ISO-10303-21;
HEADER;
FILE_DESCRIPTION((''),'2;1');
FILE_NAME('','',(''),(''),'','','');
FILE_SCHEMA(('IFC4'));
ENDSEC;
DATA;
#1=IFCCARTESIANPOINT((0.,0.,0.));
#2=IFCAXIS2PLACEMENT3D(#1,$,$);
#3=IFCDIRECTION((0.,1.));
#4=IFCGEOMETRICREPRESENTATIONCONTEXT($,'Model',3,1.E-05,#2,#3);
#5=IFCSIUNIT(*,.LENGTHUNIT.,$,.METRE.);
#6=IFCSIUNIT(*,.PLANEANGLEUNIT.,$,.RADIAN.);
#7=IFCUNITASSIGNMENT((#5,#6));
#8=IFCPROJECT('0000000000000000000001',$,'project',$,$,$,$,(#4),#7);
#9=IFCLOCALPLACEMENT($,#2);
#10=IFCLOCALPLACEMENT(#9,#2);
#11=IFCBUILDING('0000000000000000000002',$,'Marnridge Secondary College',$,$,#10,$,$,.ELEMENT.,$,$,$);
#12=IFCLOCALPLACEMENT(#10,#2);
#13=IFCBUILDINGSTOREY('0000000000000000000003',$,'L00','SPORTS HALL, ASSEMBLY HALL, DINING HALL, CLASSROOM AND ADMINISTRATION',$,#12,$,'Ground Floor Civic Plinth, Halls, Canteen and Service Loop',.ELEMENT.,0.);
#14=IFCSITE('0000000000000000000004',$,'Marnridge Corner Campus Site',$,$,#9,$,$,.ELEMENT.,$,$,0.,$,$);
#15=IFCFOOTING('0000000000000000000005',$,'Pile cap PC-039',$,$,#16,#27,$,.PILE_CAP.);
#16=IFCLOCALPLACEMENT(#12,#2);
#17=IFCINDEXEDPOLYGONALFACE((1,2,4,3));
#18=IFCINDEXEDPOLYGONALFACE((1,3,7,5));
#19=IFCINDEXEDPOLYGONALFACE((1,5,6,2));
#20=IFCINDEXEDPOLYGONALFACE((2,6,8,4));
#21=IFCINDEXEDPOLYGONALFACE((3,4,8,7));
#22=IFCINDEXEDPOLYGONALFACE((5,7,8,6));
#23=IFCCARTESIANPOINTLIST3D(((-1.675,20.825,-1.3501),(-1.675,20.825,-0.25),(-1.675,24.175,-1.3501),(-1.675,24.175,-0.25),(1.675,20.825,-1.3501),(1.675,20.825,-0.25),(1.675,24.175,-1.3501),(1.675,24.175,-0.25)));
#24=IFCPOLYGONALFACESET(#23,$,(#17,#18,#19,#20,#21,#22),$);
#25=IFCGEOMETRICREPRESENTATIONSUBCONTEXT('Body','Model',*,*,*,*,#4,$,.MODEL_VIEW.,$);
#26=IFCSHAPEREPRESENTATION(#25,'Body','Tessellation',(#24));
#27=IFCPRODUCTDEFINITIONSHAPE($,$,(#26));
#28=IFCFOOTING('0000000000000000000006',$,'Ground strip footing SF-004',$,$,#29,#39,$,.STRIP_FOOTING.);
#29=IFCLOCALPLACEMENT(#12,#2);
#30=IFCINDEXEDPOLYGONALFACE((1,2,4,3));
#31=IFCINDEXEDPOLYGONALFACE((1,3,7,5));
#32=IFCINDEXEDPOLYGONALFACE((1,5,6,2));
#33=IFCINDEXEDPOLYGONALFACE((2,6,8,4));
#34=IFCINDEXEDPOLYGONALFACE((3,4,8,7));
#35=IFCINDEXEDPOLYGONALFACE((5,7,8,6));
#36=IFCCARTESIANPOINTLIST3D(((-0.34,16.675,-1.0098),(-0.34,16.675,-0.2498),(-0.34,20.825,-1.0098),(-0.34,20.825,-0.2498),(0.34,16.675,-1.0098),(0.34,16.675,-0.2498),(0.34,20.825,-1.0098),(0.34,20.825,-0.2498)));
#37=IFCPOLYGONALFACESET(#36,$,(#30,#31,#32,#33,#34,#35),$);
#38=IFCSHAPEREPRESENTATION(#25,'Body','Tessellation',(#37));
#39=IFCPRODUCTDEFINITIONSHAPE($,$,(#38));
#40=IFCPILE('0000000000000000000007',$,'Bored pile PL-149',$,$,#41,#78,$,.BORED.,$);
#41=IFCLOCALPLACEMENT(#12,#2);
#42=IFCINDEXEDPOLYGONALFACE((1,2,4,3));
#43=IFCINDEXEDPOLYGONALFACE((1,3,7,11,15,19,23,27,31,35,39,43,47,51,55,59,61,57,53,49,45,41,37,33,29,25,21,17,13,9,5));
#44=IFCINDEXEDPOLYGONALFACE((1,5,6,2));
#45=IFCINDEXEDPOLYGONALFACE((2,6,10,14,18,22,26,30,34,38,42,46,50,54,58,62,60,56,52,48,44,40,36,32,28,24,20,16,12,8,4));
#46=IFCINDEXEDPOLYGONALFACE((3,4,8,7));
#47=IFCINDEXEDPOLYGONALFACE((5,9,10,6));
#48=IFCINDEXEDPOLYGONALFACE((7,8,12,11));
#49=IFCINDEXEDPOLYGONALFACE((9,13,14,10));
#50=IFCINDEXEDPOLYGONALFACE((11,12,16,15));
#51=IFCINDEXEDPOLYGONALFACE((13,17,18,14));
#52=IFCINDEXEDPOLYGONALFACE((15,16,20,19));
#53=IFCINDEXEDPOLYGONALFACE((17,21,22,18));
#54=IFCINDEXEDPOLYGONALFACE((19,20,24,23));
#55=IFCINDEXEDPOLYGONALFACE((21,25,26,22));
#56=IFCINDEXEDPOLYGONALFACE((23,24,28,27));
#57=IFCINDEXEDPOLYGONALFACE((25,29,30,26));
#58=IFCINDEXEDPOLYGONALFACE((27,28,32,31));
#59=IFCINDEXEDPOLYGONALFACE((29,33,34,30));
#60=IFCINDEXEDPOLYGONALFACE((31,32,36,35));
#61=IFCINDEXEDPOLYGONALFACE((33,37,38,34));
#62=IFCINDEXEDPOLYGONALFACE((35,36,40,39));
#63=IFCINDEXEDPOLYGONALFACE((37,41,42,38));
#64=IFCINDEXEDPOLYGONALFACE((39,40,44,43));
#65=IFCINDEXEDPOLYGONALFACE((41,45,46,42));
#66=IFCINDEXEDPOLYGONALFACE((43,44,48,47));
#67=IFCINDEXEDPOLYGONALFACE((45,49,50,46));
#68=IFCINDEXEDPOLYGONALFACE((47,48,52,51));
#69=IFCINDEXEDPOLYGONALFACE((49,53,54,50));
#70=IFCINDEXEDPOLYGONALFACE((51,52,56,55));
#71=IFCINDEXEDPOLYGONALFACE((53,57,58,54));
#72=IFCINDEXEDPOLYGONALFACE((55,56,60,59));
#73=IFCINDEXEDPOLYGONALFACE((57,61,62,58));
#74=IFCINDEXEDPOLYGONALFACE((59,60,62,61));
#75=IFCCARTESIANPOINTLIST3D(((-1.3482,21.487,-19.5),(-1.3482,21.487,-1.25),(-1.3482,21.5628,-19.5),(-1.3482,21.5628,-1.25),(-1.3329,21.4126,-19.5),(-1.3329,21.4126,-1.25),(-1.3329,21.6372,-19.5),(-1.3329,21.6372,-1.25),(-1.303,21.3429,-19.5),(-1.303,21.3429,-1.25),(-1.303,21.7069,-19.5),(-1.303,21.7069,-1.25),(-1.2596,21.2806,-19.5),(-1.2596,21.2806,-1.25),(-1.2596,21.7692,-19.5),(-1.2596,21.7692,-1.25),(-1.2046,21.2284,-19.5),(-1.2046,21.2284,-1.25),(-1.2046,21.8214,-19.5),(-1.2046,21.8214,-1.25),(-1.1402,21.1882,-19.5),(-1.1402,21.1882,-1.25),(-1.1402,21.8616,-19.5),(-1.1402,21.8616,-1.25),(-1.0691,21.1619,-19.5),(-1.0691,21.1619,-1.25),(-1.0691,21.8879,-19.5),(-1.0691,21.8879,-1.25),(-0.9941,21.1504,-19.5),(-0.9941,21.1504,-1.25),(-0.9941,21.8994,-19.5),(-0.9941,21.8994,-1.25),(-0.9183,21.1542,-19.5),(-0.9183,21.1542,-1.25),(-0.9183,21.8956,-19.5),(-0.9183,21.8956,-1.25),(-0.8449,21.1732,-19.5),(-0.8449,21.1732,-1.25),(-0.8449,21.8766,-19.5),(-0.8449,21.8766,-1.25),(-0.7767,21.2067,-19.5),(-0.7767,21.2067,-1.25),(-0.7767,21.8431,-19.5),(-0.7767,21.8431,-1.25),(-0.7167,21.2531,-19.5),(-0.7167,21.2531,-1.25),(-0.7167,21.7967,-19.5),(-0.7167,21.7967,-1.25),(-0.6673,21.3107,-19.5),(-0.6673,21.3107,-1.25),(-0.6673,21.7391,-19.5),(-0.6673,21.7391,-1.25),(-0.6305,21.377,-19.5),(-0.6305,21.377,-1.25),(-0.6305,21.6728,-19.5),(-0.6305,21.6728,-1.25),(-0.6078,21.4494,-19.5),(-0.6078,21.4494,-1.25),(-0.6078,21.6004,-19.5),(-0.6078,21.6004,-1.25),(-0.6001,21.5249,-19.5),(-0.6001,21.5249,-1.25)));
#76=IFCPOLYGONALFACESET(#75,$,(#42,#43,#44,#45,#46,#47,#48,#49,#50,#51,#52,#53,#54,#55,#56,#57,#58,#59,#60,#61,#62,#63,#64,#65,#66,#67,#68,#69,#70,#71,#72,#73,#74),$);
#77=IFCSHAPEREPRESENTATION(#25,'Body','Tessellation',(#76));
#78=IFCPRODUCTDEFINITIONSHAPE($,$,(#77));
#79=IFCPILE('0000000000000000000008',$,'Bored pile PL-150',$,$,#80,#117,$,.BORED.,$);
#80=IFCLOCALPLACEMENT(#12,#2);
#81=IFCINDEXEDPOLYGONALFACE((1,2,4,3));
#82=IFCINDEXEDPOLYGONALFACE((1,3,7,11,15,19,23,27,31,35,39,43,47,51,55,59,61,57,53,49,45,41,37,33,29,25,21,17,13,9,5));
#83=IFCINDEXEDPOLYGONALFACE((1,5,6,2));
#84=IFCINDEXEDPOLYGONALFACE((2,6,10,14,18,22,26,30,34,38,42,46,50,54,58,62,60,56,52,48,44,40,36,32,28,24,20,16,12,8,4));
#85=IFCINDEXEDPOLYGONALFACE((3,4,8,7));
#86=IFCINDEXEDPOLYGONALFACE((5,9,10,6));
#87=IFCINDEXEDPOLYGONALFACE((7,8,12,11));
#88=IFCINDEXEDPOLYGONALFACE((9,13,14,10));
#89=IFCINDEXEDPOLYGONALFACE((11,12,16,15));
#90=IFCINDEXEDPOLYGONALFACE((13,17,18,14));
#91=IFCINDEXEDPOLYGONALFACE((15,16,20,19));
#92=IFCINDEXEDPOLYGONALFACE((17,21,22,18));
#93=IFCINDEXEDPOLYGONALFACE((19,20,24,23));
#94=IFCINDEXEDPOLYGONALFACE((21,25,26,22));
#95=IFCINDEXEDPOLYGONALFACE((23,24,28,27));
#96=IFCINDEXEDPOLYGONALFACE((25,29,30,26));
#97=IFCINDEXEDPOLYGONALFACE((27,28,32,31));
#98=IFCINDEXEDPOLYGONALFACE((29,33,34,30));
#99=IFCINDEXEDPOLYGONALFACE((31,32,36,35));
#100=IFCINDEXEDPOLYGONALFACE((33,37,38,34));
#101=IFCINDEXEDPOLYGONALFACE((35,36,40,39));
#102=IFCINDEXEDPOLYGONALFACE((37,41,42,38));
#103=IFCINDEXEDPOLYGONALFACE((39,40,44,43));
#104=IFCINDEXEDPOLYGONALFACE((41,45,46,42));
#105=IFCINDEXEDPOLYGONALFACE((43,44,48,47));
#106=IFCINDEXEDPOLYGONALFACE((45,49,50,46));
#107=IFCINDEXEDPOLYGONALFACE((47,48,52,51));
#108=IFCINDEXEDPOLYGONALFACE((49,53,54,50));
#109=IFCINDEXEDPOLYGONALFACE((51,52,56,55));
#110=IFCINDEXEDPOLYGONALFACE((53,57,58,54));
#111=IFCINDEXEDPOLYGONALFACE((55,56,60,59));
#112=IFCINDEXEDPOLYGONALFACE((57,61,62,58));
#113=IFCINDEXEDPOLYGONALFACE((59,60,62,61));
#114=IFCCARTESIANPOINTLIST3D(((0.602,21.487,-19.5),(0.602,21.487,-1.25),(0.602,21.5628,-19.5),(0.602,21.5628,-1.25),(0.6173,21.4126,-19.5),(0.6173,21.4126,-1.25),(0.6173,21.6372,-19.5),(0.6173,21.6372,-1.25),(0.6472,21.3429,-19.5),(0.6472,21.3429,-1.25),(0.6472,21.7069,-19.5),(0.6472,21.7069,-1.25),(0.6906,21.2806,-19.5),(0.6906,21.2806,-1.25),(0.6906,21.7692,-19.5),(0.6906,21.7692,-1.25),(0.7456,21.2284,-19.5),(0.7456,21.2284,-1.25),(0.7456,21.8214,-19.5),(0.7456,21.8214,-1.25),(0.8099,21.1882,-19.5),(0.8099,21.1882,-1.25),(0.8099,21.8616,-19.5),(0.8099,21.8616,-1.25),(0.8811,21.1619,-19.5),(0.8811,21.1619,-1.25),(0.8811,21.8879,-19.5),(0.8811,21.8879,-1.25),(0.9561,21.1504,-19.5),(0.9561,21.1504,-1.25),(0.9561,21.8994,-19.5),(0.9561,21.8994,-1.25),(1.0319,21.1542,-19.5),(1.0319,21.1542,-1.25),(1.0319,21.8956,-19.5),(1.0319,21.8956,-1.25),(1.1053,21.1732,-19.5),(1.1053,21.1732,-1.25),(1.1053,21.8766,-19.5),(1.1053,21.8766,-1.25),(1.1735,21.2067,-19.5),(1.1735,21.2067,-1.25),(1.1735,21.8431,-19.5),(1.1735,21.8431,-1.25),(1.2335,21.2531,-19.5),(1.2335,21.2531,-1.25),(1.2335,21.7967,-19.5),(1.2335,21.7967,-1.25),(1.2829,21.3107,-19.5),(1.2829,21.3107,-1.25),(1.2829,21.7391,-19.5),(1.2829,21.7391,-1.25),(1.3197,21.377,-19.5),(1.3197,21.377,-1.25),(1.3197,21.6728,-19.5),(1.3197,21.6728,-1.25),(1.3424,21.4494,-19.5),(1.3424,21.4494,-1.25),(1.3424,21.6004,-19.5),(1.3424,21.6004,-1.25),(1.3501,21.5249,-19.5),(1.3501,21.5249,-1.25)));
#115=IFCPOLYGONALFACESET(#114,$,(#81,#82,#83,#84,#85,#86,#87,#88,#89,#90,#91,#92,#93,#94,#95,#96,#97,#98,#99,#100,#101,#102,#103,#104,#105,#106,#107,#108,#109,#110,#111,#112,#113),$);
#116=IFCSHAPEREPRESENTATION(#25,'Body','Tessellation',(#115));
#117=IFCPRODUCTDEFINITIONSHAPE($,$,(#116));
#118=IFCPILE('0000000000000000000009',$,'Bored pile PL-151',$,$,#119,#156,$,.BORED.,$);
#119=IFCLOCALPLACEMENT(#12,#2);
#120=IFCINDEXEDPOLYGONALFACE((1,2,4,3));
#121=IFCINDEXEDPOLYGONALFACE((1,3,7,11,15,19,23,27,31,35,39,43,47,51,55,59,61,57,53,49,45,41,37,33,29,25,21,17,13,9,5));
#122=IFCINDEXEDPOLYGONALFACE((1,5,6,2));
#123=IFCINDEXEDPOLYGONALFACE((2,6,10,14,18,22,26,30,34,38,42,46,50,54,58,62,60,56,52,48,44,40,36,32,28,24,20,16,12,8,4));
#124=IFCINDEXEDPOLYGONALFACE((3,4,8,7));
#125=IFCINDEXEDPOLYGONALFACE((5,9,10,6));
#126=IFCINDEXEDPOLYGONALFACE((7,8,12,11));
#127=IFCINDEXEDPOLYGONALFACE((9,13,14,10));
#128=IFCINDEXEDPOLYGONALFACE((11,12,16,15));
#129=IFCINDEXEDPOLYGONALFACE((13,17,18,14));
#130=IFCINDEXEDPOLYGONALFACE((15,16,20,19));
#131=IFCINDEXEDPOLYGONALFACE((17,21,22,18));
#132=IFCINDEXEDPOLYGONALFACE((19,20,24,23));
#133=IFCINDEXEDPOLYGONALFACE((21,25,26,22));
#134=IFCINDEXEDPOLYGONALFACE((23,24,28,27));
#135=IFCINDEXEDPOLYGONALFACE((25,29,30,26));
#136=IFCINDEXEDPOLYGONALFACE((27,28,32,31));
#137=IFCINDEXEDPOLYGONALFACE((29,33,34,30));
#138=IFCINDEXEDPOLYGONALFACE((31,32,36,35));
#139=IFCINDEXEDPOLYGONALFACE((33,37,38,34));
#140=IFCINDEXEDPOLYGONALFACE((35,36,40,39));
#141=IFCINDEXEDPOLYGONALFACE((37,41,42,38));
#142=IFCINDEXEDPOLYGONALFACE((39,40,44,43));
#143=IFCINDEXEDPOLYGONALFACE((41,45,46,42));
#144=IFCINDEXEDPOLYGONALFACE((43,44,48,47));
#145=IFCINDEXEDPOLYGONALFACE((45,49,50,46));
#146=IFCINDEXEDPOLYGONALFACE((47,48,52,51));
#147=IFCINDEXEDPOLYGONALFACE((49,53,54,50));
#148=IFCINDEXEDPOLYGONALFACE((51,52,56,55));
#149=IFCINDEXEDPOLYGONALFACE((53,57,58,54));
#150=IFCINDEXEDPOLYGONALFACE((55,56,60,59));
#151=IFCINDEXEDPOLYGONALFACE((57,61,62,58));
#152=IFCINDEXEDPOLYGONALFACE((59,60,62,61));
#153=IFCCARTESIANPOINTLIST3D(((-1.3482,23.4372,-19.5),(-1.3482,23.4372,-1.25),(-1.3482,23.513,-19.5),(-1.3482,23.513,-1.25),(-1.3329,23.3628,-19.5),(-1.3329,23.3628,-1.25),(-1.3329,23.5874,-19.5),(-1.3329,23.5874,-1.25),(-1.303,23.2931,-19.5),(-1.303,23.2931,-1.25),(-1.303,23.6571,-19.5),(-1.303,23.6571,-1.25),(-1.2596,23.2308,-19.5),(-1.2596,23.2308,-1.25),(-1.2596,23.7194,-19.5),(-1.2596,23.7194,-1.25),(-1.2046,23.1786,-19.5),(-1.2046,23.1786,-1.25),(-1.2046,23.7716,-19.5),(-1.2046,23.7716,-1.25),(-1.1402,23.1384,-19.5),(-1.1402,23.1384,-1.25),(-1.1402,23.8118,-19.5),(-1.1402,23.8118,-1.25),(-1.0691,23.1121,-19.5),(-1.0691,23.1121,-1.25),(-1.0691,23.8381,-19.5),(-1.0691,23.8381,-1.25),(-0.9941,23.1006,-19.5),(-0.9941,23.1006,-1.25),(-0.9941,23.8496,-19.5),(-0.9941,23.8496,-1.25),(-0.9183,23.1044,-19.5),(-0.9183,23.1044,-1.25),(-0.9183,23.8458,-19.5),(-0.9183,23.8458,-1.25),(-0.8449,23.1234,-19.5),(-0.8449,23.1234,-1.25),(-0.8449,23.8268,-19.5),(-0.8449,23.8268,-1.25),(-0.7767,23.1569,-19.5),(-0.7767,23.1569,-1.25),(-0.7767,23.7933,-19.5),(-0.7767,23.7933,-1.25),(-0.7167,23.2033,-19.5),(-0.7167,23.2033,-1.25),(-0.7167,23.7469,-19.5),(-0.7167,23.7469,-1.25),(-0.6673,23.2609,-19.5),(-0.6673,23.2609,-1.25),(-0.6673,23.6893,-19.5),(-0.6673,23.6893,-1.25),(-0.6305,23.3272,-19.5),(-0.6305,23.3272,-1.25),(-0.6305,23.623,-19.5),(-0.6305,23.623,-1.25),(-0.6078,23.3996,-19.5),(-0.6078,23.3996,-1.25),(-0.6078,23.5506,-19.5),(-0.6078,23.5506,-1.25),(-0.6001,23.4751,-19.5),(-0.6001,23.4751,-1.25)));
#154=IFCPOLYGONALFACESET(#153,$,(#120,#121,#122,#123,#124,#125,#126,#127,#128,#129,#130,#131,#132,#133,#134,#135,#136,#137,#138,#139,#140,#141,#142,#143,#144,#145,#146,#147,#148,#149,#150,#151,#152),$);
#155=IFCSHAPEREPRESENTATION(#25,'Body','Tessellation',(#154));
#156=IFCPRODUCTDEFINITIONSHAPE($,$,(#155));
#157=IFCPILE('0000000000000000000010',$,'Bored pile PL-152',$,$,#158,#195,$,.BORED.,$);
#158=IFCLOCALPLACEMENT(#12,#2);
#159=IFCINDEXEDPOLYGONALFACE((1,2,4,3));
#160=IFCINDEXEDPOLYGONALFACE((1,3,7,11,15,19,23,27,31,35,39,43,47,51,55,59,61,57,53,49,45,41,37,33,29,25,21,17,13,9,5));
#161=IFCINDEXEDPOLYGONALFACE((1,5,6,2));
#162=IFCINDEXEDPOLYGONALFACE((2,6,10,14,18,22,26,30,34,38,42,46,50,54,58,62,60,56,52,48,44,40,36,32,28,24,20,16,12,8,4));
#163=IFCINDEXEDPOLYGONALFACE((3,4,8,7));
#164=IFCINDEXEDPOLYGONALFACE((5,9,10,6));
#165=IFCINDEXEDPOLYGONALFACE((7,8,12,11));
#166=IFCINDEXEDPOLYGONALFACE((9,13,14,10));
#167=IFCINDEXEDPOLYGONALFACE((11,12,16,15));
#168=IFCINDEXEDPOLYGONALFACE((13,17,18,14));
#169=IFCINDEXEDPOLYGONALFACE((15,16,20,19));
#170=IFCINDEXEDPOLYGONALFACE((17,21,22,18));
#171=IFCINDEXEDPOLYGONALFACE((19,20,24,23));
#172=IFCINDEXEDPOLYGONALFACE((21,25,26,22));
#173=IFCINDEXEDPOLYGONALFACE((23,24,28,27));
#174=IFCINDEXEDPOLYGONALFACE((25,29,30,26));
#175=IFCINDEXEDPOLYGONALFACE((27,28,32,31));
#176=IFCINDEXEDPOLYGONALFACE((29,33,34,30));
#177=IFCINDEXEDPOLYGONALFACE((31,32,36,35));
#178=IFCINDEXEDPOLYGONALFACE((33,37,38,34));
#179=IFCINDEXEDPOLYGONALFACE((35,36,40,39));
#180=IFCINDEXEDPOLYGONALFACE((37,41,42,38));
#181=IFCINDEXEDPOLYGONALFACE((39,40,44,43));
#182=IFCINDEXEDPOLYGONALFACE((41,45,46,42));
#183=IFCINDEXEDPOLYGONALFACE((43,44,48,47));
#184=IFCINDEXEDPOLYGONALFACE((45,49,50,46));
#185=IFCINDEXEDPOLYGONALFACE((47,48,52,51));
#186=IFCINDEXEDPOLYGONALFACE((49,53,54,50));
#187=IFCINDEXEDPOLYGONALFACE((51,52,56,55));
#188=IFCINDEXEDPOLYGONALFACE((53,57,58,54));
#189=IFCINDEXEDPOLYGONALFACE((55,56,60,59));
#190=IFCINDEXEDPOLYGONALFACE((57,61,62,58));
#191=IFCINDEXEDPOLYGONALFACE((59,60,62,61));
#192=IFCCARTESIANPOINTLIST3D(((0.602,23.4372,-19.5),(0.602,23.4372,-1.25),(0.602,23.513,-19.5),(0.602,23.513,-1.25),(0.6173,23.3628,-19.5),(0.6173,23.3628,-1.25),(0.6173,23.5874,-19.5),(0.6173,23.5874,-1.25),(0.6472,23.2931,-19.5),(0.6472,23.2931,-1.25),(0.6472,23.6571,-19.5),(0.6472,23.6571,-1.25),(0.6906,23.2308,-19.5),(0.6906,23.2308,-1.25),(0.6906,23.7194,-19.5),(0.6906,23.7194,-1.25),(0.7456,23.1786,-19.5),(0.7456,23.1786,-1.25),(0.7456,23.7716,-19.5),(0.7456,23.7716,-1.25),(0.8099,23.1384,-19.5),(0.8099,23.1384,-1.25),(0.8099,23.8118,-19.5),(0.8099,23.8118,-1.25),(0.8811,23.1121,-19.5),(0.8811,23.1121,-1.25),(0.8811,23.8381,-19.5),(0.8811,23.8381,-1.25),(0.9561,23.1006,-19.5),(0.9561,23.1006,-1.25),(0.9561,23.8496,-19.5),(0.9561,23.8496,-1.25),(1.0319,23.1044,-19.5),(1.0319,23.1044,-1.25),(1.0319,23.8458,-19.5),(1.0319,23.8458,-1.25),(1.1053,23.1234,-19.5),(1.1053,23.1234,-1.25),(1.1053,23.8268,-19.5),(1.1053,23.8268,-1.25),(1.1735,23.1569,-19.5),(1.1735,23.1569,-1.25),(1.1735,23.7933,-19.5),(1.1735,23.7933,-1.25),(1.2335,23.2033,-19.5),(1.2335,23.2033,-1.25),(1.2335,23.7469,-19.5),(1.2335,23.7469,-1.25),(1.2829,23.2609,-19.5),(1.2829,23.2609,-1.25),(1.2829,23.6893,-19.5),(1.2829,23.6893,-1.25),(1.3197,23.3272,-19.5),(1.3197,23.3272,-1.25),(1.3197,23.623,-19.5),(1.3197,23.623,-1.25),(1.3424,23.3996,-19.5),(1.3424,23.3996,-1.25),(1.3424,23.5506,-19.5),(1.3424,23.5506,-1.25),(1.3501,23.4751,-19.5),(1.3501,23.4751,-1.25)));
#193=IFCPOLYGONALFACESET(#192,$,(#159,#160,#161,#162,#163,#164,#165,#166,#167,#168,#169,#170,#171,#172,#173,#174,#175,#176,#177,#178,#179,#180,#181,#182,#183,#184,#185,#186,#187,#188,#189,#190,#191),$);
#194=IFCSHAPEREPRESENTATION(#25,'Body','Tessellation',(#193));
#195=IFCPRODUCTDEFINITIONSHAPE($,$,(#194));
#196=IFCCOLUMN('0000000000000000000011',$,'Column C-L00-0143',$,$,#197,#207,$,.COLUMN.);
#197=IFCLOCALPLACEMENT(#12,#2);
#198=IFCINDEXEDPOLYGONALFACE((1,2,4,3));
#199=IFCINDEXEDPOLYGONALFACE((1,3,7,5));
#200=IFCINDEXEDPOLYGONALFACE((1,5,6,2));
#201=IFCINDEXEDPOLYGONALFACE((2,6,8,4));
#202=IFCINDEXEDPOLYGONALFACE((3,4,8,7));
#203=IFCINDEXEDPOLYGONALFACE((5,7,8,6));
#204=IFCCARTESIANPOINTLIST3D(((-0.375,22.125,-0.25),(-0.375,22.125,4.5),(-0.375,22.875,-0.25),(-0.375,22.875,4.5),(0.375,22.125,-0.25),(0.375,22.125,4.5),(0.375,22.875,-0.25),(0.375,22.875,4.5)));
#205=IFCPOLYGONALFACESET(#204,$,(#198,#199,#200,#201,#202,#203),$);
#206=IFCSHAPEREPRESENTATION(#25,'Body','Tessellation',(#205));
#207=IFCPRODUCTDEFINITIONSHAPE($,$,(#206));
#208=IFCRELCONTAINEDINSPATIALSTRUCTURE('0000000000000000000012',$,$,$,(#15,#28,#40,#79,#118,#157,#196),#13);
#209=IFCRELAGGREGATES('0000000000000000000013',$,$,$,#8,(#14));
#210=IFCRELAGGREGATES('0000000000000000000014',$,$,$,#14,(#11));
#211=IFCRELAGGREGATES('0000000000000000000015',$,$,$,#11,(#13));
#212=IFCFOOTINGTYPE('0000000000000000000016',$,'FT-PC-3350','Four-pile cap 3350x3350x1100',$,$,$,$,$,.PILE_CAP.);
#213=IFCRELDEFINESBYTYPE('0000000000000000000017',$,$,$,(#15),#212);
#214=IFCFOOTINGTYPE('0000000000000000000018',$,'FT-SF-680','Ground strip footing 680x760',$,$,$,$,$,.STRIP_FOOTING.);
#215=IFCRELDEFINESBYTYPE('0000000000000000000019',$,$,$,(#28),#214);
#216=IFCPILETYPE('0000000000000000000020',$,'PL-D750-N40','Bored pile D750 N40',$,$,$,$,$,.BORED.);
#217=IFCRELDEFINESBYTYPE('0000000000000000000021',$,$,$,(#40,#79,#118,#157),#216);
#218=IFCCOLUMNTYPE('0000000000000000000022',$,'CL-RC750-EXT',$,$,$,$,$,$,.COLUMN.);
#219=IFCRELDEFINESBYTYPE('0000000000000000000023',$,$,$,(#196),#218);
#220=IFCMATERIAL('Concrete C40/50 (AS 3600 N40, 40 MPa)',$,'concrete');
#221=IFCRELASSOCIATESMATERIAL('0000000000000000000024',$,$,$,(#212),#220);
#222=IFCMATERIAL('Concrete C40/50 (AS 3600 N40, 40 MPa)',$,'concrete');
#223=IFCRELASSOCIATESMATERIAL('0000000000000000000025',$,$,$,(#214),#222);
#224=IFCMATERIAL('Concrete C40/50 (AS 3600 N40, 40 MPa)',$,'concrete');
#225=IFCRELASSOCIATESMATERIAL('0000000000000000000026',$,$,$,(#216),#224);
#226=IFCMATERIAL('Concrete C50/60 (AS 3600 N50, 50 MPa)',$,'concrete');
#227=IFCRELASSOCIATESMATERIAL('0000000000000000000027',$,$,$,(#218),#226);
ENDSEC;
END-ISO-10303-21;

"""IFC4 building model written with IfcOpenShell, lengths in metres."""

from ifc_helpers import new_model, si_unit, direction, frame, origin, origin_2d, place, context, subcontext, project, spatial, rectangle, circle, extrude, material, material_profile, profile_set, type_object, element, save


model = new_model("IFC4")

# Units and contexts
model_context = context("Model", 3, precision=1e-05, world=origin(), true_north=direction((0.0, 1.0)))
body_context = subcontext(model_context, "Body", "Model", "MODEL_VIEW")
ifc_project = project(units=[si_unit("LENGTHUNIT", "METRE"), si_unit("PLANEANGLEUNIT", "RADIAN")], contexts=[model_context])

# Site, building, storey
site_placement = place(None, origin())
site = spatial("IfcSite", under=ifc_project, at=site_placement, Name="Marnridge Corner Campus Site", CompositionType="ELEMENT", RefElevation=0.0)
building_placement = place(site_placement, origin())
building = spatial("IfcBuilding", under=site, at=building_placement, Name="Marnridge Secondary College", CompositionType="ELEMENT")
storey_placement = place(building_placement, origin())
storey = spatial("IfcBuildingStorey", under=building, at=storey_placement, Name="L00", Description="SPORTS HALL, ASSEMBLY HALL, DINING HALL, CLASSROOM AND ADMINISTRATION", LongName="Ground Floor Civic Plinth, Halls, Canteen and Service Loop", CompositionType="ELEMENT", Elevation=0.0)

# Footings
ifc_material_1 = material(Name="Concrete C40/50 (AS 3600 N40, 40 MPa)", Category="concrete")
footing_type_1 = type_object("IfcFootingType", Name="FT-PC-3350", Description="Four-pile cap 3350x3350x1100", PredefinedType="PILE_CAP", material=ifc_material_1)
footing_1_placement = place(storey_placement, frame((0.0, 22.5, -1.3501), z_axis=(0.0, 0.0, 1.0), x_axis=(1.0, 0.0, 0.0)))
element("IfcFooting", 1, at=footing_1_placement, inside=storey, type_object=footing_type_1, Name="Pile cap PC-039", PredefinedType="PILE_CAP", context=body_context, shape_type="SweptSolid", body=[
    extrude(rectangle(XDim=3.3501, YDim=3.3501, at=origin_2d()), origin(), (0.0, 0.0, 1.0), 1.1001),
])
ifc_material_2 = material(Name="Concrete C40/50 (AS 3600 N40, 40 MPa)", Category="concrete")
footing_type_2 = type_object("IfcFootingType", Name="FT-SF-680", Description="Ground strip footing 680x760", PredefinedType="STRIP_FOOTING", material=ifc_material_2)
footing_2_placement = place(storey_placement, frame((0.0, 18.75, -1.0098), z_axis=(0.0, 0.0, 1.0), x_axis=(1.0, 0.0, 0.0)))
element("IfcFooting", 2, at=footing_2_placement, inside=storey, type_object=footing_type_2, Name="Ground strip footing SF-004", PredefinedType="STRIP_FOOTING", context=body_context, shape_type="SweptSolid", body=[
    extrude(rectangle(XDim=0.6799, YDim=4.1499, at=origin_2d()), origin(), (0.0, 0.0, 1.0), 0.76),
])

# Piles
ifc_material_3 = material(Name="Concrete C40/50 (AS 3600 N40, 40 MPa)", Category="concrete")
ifc_material_profile_1 = material_profile(ifc_material_3, circle(Radius=0.375, at=origin_2d()), Name="PILE D750")
ifc_profile_set_1 = profile_set([ifc_material_profile_1], Name="Concrete C40/50 (AS 3600 N40, 40 MPa)")
pile_type = type_object("IfcPileType", Name="PL-D750-N40", Description="Bored pile D750 N40", PredefinedType="BORED", material=ifc_profile_set_1)
for number, where, z_axis, x_axis, name in (
    (3, (-0.9751, 21.5249, -1.25), (0.0, 0.0, -1.0), (1.0, 0.0, 0.0), "Bored pile PL-149"),
    (4, (0.9751, 21.5249, -1.25), (0.0, 0.0, -1.0), (1.0, 0.0, 0.0), "Bored pile PL-150"),
    (5, (-0.9751, 23.4751, -1.25), (0.0, 0.0, -1.0), (1.0, 0.0, 0.0), "Bored pile PL-151"),
    (6, (0.9751, 23.4751, -1.25), (0.0, 0.0, -1.0), (1.0, 0.0, 0.0), "Bored pile PL-152"),
):
    element("IfcPile", number, at=place(storey_placement, frame(where, z_axis=z_axis, x_axis=x_axis)), inside=storey, type_object=pile_type, Name=name, PredefinedType="BORED", context=body_context, shape_type="SweptSolid", body=[
        extrude(circle(Radius=0.375, at=origin_2d()), origin(), (0.0, 0.0, 1.0), 18.25),
    ])

# Column
ifc_material_4 = material(Name="Concrete C50/60 (AS 3600 N50, 50 MPa)", Category="concrete")
ifc_material_profile_2 = material_profile(ifc_material_4, rectangle(XDim=0.75, YDim=0.75, at=origin_2d()), Name="RC 750x750")
ifc_profile_set_2 = profile_set([ifc_material_profile_2], Name="Concrete C50/60 (AS 3600 N50, 50 MPa)")
column_type = type_object("IfcColumnType", Name="CL-RC750-EXT", PredefinedType="COLUMN", material=ifc_profile_set_2)
column_placement = place(storey_placement, frame((0.0, 22.5, -0.25), z_axis=(0.0, 0.0, 1.0), x_axis=(1.0, 0.0, 0.0)))
element("IfcColumn", 7, at=column_placement, inside=storey, type_object=column_type, Name="Column C-L00-0143", PredefinedType="COLUMN", context=body_context, shape_type="SweptSolid", body=[
    extrude(rectangle(XDim=0.75, YDim=0.75, at=origin_2d()), origin(), (0.0, 0.0, 1.0), 4.75),
])

save(model, "model.ifc")
